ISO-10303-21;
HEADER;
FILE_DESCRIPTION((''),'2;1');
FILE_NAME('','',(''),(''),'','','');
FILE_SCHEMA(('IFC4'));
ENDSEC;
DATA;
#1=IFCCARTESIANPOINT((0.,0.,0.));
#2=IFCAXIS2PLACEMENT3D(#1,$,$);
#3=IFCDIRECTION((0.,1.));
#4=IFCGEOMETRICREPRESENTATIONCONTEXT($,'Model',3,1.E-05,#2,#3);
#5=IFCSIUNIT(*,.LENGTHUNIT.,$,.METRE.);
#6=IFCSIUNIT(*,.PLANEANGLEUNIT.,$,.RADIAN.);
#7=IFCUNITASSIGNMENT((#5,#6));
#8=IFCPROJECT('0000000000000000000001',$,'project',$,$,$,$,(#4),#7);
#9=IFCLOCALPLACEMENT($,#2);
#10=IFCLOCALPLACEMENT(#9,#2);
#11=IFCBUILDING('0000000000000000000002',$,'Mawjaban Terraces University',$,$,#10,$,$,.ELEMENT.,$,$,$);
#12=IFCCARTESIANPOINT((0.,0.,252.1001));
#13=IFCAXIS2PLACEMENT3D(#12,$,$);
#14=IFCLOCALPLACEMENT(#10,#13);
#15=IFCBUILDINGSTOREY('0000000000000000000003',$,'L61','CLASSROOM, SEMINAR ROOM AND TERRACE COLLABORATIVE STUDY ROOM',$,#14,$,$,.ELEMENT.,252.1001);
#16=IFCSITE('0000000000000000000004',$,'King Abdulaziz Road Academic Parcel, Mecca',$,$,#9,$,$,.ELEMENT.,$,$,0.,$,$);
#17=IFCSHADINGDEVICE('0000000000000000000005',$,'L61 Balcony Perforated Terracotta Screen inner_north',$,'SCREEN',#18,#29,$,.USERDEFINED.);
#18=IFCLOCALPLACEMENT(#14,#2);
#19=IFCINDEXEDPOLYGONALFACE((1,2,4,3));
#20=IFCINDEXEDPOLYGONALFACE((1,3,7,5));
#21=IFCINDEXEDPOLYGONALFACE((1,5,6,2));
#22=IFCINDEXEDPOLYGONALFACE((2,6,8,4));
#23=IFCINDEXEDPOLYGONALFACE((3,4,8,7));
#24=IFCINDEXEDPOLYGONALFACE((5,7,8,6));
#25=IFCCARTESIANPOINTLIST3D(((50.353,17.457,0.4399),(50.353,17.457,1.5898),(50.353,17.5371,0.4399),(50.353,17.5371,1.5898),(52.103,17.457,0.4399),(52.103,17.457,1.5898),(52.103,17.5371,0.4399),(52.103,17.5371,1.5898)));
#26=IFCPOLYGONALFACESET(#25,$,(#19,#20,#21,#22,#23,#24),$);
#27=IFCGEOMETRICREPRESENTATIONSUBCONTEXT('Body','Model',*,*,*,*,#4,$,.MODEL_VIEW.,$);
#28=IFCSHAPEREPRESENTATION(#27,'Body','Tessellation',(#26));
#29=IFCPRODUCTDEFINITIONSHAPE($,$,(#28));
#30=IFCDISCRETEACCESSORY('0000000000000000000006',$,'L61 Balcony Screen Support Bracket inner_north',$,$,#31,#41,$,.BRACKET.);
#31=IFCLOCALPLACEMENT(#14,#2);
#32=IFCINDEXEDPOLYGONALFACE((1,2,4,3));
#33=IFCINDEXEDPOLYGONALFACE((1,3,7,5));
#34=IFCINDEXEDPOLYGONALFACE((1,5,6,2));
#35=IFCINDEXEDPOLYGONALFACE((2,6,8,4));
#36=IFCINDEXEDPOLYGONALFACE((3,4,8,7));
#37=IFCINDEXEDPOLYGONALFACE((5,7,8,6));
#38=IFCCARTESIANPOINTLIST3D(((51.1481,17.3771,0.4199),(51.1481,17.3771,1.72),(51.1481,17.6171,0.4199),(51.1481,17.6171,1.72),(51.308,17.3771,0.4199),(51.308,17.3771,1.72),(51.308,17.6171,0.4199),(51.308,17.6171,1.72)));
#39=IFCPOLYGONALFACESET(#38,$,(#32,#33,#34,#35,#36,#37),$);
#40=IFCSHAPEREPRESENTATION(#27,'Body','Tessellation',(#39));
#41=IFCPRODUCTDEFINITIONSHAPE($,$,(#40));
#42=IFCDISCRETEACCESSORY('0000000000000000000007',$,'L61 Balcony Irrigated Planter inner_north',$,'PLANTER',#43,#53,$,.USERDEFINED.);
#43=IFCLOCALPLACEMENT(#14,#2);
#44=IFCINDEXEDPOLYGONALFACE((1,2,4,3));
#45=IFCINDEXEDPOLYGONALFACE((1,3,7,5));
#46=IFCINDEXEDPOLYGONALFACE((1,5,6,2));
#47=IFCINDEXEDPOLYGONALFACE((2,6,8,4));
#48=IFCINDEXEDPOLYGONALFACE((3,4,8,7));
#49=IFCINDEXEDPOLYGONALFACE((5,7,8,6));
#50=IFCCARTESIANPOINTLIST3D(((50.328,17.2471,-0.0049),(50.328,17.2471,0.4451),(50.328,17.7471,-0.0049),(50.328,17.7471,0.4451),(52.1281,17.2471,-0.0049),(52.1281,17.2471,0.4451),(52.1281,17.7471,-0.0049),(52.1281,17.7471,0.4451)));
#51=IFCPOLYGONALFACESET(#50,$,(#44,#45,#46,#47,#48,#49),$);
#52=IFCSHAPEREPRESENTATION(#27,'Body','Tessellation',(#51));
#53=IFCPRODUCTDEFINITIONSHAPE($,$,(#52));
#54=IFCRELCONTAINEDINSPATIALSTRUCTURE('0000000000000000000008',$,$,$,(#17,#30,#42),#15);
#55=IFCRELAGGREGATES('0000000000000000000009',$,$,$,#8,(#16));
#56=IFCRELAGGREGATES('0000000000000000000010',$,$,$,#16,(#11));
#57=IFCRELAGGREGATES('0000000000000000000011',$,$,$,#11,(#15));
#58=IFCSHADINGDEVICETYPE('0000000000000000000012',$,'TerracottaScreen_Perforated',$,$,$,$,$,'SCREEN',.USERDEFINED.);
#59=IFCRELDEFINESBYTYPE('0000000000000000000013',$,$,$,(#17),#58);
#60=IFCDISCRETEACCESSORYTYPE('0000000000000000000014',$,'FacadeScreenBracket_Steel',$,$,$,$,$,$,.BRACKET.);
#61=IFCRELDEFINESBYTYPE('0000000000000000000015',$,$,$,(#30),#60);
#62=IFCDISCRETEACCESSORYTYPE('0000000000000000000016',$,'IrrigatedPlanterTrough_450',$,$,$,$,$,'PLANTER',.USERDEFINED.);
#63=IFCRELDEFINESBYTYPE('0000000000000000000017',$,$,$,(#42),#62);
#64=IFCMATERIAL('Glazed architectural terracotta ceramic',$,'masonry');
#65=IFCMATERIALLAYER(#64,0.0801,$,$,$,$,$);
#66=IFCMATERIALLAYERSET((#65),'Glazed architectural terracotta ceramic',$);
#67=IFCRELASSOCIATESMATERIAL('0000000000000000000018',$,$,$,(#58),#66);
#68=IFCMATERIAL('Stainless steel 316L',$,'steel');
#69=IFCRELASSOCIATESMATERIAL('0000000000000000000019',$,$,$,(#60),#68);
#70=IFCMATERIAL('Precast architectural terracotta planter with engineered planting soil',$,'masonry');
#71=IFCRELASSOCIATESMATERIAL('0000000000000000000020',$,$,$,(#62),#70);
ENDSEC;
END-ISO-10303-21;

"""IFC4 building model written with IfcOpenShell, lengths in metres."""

from ifc_helpers import new_model, si_unit, direction, frame, origin, origin_2d, place, context, subcontext, project, spatial, rectangle, extrude, material, layer, layer_set, type_object, element, save


model = new_model("IFC4")

# Units and contexts
model_context = context("Model", 3, precision=1e-05, world=origin(), true_north=direction((0.0, 1.0)))
body_context = subcontext(model_context, "Body", "Model", "MODEL_VIEW")
ifc_project = project(units=[si_unit("LENGTHUNIT", "METRE"), si_unit("PLANEANGLEUNIT", "RADIAN")], contexts=[model_context])

# Site, building, storey
site_placement = place(None, origin())
site = spatial("IfcSite", under=ifc_project, at=site_placement, Name="King Abdulaziz Road Academic Parcel, Mecca", CompositionType="ELEMENT", RefElevation=0.0)
building_placement = place(site_placement, origin())
building = spatial("IfcBuilding", under=site, at=building_placement, Name="Mawjaban Terraces University", CompositionType="ELEMENT")
storey_placement = place(building_placement, frame((0.0, 0.0, 252.1001)))
storey = spatial("IfcBuildingStorey", under=building, at=storey_placement, Name="L61", Description="CLASSROOM, SEMINAR ROOM AND TERRACE COLLABORATIVE STUDY ROOM", CompositionType="ELEMENT", Elevation=252.1001)

# Shading device
ifc_material_1 = material(Name="Glazed architectural terracotta ceramic", Category="masonry")
ifc_layer_1 = layer(ifc_material_1, 0.0801)
ifc_layer_set_1 = layer_set([ifc_layer_1], Name="Glazed architectural terracotta ceramic")
shading_device_type_1 = type_object("IfcShadingDeviceType", Name="TerracottaScreen_Perforated", ElementType="SCREEN", PredefinedType="USERDEFINED", material=ifc_layer_set_1)
shading_device_placement = place(storey_placement, frame((51.228, 17.4971, 0.4399), z_axis=(0.0, 0.0, 1.0), x_axis=(1.0, 0.0, 0.0)))
element("IfcShadingDevice", 1, at=shading_device_placement, inside=storey, type_object=shading_device_type_1, Name="L61 Balcony Perforated Terracotta Screen inner_north", ObjectType="SCREEN", PredefinedType="USERDEFINED", context=body_context, shape_type="SweptSolid", body=[
    extrude(rectangle(XDim=1.75, YDim=0.0801, at=origin_2d()), origin(), (0.0, 0.0, 1.0), 1.1499),
])

# Discrete accessories
ifc_material_2 = material(Name="Stainless steel 316L", Category="steel")
discrete_accessory_type_1 = type_object("IfcDiscreteAccessoryType", Name="FacadeScreenBracket_Steel", PredefinedType="BRACKET", material=ifc_material_2)
discrete_accessory_1_placement = place(storey_placement, frame((51.228, 17.4971, 0.4199), z_axis=(0.0, 0.0, 1.0), x_axis=(1.0, 0.0, 0.0)))
element("IfcDiscreteAccessory", 2, at=discrete_accessory_1_placement, inside=storey, type_object=discrete_accessory_type_1, Name="L61 Balcony Screen Support Bracket inner_north", PredefinedType="BRACKET", context=body_context, shape_type="SweptSolid", body=[
    extrude(rectangle(XDim=0.1599, YDim=0.24, at=origin_2d()), origin(), (0.0, 0.0, 1.0), 1.3),
])
ifc_material_3 = material(Name="Precast architectural terracotta planter with engineered planting soil", Category="masonry")
discrete_accessory_type_2 = type_object("IfcDiscreteAccessoryType", Name="IrrigatedPlanterTrough_450", ElementType="PLANTER", PredefinedType="USERDEFINED", material=ifc_material_3)
discrete_accessory_2_placement = place(storey_placement, frame((51.228, 17.4971, -0.0049), z_axis=(0.0, 0.0, 1.0), x_axis=(1.0, 0.0, 0.0)))
element("IfcDiscreteAccessory", 3, at=discrete_accessory_2_placement, inside=storey, type_object=discrete_accessory_type_2, Name="L61 Balcony Irrigated Planter inner_north", ObjectType="PLANTER", PredefinedType="USERDEFINED", context=body_context, shape_type="SweptSolid", body=[
    extrude(rectangle(XDim=1.8, YDim=0.5, at=origin_2d()), origin(), (0.0, 0.0, 1.0), 0.45),
])

save(model, "model.ifc")
